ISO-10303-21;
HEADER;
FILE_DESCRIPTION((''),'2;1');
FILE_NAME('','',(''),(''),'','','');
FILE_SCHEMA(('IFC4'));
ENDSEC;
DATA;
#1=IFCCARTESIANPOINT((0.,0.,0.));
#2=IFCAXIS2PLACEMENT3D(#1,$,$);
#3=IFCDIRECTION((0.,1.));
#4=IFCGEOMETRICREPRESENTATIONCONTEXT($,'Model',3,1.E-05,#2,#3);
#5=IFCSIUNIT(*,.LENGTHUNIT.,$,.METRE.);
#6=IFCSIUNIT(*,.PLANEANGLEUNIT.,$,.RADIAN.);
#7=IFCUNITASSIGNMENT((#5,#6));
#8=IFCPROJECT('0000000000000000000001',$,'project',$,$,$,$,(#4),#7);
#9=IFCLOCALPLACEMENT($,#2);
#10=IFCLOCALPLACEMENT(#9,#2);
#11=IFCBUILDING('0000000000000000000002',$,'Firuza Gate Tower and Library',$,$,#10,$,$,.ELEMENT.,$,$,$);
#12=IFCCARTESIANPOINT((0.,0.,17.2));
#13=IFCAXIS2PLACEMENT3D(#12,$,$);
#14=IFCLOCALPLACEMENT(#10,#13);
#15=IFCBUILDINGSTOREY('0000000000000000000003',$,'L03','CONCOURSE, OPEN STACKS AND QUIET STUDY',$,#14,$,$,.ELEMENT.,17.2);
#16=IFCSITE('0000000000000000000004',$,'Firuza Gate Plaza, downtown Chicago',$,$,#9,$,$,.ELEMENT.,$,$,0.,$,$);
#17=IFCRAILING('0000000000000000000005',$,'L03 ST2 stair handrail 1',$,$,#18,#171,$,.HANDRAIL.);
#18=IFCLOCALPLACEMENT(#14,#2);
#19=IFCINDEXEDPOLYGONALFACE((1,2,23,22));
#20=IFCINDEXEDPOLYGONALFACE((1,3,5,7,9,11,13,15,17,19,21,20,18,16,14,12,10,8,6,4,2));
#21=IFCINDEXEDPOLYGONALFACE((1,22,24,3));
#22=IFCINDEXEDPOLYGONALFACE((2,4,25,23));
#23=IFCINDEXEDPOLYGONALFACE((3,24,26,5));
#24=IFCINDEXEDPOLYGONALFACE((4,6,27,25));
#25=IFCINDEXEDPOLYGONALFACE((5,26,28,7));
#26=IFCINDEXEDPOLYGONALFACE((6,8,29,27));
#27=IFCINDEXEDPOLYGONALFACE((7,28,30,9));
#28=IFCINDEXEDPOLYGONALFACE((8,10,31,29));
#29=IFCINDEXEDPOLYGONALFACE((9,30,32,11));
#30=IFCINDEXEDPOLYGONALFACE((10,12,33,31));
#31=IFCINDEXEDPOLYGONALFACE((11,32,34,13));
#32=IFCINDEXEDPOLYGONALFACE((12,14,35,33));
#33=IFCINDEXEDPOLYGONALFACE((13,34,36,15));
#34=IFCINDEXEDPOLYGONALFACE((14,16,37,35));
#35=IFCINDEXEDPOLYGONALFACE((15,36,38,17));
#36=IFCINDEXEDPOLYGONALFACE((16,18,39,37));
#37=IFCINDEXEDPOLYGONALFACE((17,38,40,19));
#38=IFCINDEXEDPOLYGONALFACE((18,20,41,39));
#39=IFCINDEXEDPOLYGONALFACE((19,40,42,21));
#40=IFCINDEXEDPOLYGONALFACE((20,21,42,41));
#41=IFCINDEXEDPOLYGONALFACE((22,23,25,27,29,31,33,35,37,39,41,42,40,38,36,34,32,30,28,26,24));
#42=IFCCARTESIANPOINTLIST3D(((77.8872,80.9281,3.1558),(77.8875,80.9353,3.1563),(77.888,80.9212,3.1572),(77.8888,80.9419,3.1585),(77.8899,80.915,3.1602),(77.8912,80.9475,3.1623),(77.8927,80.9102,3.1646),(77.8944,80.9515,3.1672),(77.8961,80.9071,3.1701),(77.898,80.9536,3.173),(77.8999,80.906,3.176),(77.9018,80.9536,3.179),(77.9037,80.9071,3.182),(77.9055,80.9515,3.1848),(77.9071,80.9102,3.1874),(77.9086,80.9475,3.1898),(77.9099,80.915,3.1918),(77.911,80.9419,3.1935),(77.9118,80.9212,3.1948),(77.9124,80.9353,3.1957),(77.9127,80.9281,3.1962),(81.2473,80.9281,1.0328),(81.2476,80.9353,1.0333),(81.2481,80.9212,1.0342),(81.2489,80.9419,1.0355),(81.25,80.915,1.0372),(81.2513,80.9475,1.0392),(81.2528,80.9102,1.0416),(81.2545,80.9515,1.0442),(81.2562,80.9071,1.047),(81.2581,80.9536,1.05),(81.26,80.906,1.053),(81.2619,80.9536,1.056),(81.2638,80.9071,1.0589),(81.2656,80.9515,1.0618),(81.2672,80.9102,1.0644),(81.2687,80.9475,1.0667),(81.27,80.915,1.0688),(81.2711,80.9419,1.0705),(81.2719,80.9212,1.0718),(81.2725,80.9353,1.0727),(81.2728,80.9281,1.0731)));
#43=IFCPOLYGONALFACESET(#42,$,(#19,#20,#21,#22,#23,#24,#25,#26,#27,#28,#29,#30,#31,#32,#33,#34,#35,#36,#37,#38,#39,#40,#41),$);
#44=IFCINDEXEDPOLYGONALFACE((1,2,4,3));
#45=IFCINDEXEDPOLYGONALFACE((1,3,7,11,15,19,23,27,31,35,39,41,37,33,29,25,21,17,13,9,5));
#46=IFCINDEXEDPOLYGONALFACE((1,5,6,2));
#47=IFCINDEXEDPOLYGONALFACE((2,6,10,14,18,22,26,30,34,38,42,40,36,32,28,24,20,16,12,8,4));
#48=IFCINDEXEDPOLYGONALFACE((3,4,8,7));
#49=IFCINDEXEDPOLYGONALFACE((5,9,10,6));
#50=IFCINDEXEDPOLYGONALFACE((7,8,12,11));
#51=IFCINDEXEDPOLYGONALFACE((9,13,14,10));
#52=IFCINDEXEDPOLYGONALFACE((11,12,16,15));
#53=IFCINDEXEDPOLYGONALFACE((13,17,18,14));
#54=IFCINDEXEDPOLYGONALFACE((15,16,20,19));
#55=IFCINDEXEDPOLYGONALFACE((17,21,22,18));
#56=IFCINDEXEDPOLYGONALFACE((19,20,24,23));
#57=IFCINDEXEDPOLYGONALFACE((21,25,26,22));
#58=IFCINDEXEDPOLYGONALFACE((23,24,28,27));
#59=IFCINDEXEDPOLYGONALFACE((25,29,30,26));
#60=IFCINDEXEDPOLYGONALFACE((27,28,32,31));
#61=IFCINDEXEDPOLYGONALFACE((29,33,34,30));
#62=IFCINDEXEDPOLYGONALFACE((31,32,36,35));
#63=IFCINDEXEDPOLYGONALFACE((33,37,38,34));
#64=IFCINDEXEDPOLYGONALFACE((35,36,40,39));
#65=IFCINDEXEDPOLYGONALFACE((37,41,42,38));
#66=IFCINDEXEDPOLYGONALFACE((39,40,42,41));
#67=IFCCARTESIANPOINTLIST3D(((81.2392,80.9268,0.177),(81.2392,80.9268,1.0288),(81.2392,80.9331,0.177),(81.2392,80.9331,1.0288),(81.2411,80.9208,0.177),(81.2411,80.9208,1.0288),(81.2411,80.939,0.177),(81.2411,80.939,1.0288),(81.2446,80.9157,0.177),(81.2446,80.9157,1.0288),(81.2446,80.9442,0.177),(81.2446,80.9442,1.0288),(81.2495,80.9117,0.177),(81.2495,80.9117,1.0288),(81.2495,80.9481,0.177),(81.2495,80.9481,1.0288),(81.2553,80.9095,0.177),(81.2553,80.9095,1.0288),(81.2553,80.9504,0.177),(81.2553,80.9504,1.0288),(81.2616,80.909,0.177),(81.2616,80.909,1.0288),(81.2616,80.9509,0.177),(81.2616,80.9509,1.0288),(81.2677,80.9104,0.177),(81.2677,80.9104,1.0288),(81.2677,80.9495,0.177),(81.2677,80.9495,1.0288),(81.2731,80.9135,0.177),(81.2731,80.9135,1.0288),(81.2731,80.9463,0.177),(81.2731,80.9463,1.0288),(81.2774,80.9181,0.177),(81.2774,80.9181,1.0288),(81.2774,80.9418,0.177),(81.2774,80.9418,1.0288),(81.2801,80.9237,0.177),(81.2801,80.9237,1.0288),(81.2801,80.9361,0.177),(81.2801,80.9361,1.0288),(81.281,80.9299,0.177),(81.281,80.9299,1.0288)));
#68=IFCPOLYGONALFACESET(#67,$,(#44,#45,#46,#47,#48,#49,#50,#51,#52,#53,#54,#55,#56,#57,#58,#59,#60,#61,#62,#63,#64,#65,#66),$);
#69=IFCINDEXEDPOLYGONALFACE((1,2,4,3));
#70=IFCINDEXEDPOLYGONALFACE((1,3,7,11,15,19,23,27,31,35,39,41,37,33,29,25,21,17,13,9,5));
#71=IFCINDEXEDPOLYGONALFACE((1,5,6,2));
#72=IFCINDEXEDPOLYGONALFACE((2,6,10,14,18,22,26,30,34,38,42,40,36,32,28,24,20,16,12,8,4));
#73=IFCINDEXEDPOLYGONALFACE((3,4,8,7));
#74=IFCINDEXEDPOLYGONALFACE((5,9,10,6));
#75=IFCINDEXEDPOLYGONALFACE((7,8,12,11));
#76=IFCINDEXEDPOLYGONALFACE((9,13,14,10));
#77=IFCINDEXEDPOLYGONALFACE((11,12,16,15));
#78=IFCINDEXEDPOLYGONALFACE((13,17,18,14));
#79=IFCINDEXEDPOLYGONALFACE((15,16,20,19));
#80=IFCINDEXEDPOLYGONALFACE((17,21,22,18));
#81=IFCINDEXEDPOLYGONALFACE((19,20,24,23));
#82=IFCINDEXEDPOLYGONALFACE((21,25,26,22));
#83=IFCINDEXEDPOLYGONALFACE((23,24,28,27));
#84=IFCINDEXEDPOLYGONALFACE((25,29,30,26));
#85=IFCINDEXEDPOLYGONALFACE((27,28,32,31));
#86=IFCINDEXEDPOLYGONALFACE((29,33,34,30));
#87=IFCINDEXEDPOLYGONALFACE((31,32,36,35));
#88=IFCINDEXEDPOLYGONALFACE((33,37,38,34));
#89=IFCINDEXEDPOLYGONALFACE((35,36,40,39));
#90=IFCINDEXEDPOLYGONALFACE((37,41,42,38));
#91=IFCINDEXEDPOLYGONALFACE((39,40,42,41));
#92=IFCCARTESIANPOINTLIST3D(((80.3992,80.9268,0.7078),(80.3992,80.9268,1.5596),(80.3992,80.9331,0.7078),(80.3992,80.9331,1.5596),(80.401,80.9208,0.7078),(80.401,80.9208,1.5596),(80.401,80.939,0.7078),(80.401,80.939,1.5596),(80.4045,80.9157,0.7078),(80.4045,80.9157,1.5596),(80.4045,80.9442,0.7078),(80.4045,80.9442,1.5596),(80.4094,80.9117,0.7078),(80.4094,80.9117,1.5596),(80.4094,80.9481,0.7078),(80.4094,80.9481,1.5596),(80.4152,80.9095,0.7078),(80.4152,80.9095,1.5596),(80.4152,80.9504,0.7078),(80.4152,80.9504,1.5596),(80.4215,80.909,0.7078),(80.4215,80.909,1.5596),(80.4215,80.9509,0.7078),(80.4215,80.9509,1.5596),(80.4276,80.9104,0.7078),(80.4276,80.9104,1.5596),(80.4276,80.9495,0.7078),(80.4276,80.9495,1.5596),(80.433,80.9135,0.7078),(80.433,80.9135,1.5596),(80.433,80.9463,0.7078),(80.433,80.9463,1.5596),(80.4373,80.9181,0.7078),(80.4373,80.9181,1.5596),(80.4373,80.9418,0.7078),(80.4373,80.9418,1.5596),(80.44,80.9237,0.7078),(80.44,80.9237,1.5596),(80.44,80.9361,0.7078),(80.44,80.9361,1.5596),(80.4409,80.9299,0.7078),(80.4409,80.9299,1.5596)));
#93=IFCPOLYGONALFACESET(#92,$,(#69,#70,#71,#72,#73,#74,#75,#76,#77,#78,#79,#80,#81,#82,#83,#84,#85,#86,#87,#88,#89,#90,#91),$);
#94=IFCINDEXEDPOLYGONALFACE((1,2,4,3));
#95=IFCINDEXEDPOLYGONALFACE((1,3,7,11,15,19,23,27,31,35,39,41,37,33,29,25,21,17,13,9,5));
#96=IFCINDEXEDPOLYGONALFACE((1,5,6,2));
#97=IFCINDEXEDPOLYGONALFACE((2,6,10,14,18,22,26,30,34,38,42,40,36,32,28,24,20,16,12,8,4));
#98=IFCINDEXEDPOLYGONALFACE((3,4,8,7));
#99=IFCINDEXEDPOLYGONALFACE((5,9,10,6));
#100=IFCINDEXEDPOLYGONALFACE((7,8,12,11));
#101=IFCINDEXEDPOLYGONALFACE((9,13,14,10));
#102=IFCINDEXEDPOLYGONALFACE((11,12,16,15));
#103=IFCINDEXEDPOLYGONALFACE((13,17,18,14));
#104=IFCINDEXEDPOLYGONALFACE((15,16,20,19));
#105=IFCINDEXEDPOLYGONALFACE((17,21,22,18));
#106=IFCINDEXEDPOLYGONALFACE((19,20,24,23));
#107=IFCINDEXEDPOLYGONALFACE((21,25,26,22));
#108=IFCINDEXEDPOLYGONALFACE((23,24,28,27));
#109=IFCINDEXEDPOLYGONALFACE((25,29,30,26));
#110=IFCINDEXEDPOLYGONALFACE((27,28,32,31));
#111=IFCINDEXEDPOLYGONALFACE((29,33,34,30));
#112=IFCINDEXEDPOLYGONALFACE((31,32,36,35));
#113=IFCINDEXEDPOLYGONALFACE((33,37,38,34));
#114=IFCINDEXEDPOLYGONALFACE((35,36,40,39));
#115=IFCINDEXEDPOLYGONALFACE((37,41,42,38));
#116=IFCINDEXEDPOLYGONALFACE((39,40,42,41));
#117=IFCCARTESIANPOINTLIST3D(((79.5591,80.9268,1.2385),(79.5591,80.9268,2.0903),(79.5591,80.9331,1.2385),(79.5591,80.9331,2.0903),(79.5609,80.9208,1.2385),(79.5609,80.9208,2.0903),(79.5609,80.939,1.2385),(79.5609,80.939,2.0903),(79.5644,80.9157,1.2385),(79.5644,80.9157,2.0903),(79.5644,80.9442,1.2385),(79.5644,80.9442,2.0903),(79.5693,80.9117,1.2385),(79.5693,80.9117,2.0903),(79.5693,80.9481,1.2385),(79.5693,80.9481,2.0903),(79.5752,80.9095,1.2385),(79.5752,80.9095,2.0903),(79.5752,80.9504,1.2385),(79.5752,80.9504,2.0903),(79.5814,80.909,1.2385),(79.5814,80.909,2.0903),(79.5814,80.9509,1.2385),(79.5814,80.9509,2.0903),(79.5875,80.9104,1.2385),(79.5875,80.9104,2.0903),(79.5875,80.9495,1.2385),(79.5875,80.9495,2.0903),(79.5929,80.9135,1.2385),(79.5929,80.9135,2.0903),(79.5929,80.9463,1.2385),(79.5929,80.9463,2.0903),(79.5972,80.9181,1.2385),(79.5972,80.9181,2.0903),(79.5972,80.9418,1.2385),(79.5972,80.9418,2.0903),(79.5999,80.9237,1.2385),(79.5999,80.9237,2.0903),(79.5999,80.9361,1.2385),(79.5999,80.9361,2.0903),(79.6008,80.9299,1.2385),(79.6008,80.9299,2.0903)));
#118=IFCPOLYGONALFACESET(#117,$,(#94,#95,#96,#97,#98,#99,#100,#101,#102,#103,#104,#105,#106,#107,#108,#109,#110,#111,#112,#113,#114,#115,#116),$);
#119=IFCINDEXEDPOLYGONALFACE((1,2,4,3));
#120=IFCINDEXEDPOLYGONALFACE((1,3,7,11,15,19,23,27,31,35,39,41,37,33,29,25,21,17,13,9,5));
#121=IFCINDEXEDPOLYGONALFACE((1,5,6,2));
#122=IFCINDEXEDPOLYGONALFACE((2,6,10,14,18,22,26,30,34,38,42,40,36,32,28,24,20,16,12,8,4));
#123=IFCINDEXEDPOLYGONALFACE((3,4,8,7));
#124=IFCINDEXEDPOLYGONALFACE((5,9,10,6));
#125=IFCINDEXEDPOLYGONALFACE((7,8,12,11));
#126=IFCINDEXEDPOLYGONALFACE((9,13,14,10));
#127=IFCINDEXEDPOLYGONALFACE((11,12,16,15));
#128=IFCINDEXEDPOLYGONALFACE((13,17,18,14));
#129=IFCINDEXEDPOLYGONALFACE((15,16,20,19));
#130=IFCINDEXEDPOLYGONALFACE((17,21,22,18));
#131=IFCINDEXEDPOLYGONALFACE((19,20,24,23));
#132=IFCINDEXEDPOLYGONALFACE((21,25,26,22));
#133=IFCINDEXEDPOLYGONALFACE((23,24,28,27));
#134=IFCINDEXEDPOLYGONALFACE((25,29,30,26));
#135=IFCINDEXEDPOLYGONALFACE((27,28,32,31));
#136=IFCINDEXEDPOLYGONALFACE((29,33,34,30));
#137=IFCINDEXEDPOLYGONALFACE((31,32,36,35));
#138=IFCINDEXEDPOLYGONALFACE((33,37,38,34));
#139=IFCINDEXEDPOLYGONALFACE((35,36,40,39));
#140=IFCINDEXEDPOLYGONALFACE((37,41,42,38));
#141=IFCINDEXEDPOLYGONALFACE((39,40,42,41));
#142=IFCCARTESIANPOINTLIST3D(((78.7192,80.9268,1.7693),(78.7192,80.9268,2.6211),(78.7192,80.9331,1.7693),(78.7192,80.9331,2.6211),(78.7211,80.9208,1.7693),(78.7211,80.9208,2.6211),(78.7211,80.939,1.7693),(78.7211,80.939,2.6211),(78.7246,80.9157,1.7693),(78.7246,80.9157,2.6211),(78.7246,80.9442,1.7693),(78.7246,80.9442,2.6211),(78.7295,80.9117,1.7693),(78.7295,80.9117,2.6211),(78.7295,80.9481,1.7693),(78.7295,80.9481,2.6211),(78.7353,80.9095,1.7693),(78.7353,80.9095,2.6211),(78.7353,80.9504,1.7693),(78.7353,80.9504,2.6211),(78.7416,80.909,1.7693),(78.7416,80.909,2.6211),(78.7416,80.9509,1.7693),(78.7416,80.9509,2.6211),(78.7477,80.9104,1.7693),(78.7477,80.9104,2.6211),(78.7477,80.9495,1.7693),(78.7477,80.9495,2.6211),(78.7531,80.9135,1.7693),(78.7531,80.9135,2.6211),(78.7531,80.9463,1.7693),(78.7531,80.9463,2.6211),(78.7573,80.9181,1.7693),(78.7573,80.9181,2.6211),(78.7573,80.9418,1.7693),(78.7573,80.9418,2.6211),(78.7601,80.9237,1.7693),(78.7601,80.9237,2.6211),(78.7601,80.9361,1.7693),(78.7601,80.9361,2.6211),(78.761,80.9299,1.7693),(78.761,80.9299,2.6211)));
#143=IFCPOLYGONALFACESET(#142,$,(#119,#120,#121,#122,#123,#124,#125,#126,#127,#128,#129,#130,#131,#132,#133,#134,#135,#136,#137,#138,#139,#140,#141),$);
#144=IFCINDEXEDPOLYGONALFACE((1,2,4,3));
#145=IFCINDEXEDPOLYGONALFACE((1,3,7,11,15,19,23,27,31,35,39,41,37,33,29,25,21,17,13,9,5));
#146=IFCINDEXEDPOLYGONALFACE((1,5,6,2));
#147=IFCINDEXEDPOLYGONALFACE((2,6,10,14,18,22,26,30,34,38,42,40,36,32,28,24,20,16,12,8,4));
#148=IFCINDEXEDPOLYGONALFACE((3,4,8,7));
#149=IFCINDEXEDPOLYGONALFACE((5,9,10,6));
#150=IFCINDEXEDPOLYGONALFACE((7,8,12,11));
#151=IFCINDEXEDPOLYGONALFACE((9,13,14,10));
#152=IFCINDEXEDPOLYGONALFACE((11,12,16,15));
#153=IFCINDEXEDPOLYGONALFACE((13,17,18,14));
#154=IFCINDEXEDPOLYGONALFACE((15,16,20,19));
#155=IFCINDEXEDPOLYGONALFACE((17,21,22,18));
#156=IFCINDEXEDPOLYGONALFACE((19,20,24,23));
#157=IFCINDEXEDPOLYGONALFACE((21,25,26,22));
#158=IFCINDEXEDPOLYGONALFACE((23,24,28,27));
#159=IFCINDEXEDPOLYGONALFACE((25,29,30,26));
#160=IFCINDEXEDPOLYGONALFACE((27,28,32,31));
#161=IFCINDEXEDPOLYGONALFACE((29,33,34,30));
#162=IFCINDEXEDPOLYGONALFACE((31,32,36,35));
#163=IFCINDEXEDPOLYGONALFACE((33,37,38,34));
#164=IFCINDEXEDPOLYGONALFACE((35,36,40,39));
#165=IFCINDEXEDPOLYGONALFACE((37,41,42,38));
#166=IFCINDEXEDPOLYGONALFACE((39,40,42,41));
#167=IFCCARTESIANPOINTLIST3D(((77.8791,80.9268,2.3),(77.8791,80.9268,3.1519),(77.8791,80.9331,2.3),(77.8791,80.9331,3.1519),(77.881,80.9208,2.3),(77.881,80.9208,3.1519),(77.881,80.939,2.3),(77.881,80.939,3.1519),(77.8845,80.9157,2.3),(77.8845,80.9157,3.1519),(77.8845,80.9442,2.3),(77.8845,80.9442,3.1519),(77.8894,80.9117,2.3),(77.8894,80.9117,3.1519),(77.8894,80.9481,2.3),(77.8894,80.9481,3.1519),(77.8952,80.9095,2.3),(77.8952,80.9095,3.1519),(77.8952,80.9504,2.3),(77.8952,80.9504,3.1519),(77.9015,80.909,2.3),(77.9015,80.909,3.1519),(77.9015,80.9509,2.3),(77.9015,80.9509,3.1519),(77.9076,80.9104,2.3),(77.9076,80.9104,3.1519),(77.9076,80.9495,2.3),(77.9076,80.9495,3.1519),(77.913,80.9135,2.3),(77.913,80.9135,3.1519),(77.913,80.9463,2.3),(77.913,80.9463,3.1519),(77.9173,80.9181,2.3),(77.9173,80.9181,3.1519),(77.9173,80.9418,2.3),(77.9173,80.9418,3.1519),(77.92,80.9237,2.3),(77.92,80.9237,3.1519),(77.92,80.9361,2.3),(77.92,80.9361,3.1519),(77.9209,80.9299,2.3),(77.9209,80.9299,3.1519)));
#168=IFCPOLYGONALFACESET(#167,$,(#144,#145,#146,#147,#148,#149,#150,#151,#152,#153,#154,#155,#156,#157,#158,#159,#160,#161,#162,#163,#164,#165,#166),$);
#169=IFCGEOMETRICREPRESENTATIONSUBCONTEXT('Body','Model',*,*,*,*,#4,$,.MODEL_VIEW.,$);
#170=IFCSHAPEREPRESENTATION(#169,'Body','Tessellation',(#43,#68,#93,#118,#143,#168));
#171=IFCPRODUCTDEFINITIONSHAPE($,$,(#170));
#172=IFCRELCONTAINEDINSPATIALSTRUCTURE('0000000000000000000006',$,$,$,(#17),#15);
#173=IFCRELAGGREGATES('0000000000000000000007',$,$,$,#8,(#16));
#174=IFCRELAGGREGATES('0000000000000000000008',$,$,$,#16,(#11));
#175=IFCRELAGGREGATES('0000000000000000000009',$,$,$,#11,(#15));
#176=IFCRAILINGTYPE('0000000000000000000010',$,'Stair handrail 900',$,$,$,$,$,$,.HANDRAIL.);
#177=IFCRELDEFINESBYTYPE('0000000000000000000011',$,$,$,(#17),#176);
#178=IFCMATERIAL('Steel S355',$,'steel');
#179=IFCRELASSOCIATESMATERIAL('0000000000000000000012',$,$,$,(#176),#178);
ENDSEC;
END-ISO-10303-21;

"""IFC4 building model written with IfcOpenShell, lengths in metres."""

from ifc_helpers import new_model, si_unit, direction, frame, origin, origin_2d, place, context, subcontext, project, spatial, circle, extrude, material, type_object, element, save


model = new_model("IFC4")

# Units and contexts
model_context = context("Model", 3, precision=1e-05, world=origin(), true_north=direction((0.0, 1.0)))
body_context = subcontext(model_context, "Body", "Model", "MODEL_VIEW")
ifc_project = project(units=[si_unit("LENGTHUNIT", "METRE"), si_unit("PLANEANGLEUNIT", "RADIAN")], contexts=[model_context])

# Site, building, storey
site_placement = place(None, origin())
site = spatial("IfcSite", under=ifc_project, at=site_placement, Name="Firuza Gate Plaza, downtown Chicago", CompositionType="ELEMENT", RefElevation=0.0)
building_placement = place(site_placement, origin())
building = spatial("IfcBuilding", under=site, at=building_placement, Name="Firuza Gate Tower and Library", CompositionType="ELEMENT")
storey_placement = place(building_placement, frame((0.0, 0.0, 17.2)))
storey = spatial("IfcBuildingStorey", under=building, at=storey_placement, Name="L03", Description="CONCOURSE, OPEN STACKS AND QUIET STUDY", CompositionType="ELEMENT", Elevation=17.2)

# Railing
ifc_material_1 = material(Name="Steel S355", Category="steel")
railing_type_1 = type_object("IfcRailingType", Name="Stair handrail 900", PredefinedType="HANDRAIL", material=ifc_material_1)
railing_1_placement = place(storey_placement, frame((81.26, 80.9299, 0.177)))
element("IfcRailing", 1, at=railing_1_placement, inside=storey, type_object=railing_type_1, Name="L03 ST2 stair handrail 1", PredefinedType="HANDRAIL", context=body_context, shape_type="SweptSolid", body=[
    extrude(circle(Radius=0.0239, at=origin_2d()), frame((0.0, 0.0, 0.876), z_axis=(-0.84539, 0.0, 0.53415), x_axis=(0.0, -1.0, 0.0)), (0.0, 0.0, 1.0), 3.9746),
    extrude(circle(Radius=0.021, at=origin_2d()), origin(), (0.0, 0.0, 1.0), 0.8518),
    extrude(circle(Radius=0.021, at=origin_2d()), frame((-0.8401, 0.0, 0.5308)), (0.0, 0.0, 1.0), 0.8518),
    extrude(circle(Radius=0.021, at=origin_2d()), frame((-1.6802, 0.0, 1.0615)), (0.0, 0.0, 1.0), 0.8518),
    extrude(circle(Radius=0.021, at=origin_2d()), frame((-2.52, 0.0, 1.5923)), (0.0, 0.0, 1.0), 0.8518),
    extrude(circle(Radius=0.021, at=origin_2d()), frame((-3.3601, 0.0, 2.123)), (0.0, 0.0, 1.0), 0.8518),
])

save(model, "model.ifc")
